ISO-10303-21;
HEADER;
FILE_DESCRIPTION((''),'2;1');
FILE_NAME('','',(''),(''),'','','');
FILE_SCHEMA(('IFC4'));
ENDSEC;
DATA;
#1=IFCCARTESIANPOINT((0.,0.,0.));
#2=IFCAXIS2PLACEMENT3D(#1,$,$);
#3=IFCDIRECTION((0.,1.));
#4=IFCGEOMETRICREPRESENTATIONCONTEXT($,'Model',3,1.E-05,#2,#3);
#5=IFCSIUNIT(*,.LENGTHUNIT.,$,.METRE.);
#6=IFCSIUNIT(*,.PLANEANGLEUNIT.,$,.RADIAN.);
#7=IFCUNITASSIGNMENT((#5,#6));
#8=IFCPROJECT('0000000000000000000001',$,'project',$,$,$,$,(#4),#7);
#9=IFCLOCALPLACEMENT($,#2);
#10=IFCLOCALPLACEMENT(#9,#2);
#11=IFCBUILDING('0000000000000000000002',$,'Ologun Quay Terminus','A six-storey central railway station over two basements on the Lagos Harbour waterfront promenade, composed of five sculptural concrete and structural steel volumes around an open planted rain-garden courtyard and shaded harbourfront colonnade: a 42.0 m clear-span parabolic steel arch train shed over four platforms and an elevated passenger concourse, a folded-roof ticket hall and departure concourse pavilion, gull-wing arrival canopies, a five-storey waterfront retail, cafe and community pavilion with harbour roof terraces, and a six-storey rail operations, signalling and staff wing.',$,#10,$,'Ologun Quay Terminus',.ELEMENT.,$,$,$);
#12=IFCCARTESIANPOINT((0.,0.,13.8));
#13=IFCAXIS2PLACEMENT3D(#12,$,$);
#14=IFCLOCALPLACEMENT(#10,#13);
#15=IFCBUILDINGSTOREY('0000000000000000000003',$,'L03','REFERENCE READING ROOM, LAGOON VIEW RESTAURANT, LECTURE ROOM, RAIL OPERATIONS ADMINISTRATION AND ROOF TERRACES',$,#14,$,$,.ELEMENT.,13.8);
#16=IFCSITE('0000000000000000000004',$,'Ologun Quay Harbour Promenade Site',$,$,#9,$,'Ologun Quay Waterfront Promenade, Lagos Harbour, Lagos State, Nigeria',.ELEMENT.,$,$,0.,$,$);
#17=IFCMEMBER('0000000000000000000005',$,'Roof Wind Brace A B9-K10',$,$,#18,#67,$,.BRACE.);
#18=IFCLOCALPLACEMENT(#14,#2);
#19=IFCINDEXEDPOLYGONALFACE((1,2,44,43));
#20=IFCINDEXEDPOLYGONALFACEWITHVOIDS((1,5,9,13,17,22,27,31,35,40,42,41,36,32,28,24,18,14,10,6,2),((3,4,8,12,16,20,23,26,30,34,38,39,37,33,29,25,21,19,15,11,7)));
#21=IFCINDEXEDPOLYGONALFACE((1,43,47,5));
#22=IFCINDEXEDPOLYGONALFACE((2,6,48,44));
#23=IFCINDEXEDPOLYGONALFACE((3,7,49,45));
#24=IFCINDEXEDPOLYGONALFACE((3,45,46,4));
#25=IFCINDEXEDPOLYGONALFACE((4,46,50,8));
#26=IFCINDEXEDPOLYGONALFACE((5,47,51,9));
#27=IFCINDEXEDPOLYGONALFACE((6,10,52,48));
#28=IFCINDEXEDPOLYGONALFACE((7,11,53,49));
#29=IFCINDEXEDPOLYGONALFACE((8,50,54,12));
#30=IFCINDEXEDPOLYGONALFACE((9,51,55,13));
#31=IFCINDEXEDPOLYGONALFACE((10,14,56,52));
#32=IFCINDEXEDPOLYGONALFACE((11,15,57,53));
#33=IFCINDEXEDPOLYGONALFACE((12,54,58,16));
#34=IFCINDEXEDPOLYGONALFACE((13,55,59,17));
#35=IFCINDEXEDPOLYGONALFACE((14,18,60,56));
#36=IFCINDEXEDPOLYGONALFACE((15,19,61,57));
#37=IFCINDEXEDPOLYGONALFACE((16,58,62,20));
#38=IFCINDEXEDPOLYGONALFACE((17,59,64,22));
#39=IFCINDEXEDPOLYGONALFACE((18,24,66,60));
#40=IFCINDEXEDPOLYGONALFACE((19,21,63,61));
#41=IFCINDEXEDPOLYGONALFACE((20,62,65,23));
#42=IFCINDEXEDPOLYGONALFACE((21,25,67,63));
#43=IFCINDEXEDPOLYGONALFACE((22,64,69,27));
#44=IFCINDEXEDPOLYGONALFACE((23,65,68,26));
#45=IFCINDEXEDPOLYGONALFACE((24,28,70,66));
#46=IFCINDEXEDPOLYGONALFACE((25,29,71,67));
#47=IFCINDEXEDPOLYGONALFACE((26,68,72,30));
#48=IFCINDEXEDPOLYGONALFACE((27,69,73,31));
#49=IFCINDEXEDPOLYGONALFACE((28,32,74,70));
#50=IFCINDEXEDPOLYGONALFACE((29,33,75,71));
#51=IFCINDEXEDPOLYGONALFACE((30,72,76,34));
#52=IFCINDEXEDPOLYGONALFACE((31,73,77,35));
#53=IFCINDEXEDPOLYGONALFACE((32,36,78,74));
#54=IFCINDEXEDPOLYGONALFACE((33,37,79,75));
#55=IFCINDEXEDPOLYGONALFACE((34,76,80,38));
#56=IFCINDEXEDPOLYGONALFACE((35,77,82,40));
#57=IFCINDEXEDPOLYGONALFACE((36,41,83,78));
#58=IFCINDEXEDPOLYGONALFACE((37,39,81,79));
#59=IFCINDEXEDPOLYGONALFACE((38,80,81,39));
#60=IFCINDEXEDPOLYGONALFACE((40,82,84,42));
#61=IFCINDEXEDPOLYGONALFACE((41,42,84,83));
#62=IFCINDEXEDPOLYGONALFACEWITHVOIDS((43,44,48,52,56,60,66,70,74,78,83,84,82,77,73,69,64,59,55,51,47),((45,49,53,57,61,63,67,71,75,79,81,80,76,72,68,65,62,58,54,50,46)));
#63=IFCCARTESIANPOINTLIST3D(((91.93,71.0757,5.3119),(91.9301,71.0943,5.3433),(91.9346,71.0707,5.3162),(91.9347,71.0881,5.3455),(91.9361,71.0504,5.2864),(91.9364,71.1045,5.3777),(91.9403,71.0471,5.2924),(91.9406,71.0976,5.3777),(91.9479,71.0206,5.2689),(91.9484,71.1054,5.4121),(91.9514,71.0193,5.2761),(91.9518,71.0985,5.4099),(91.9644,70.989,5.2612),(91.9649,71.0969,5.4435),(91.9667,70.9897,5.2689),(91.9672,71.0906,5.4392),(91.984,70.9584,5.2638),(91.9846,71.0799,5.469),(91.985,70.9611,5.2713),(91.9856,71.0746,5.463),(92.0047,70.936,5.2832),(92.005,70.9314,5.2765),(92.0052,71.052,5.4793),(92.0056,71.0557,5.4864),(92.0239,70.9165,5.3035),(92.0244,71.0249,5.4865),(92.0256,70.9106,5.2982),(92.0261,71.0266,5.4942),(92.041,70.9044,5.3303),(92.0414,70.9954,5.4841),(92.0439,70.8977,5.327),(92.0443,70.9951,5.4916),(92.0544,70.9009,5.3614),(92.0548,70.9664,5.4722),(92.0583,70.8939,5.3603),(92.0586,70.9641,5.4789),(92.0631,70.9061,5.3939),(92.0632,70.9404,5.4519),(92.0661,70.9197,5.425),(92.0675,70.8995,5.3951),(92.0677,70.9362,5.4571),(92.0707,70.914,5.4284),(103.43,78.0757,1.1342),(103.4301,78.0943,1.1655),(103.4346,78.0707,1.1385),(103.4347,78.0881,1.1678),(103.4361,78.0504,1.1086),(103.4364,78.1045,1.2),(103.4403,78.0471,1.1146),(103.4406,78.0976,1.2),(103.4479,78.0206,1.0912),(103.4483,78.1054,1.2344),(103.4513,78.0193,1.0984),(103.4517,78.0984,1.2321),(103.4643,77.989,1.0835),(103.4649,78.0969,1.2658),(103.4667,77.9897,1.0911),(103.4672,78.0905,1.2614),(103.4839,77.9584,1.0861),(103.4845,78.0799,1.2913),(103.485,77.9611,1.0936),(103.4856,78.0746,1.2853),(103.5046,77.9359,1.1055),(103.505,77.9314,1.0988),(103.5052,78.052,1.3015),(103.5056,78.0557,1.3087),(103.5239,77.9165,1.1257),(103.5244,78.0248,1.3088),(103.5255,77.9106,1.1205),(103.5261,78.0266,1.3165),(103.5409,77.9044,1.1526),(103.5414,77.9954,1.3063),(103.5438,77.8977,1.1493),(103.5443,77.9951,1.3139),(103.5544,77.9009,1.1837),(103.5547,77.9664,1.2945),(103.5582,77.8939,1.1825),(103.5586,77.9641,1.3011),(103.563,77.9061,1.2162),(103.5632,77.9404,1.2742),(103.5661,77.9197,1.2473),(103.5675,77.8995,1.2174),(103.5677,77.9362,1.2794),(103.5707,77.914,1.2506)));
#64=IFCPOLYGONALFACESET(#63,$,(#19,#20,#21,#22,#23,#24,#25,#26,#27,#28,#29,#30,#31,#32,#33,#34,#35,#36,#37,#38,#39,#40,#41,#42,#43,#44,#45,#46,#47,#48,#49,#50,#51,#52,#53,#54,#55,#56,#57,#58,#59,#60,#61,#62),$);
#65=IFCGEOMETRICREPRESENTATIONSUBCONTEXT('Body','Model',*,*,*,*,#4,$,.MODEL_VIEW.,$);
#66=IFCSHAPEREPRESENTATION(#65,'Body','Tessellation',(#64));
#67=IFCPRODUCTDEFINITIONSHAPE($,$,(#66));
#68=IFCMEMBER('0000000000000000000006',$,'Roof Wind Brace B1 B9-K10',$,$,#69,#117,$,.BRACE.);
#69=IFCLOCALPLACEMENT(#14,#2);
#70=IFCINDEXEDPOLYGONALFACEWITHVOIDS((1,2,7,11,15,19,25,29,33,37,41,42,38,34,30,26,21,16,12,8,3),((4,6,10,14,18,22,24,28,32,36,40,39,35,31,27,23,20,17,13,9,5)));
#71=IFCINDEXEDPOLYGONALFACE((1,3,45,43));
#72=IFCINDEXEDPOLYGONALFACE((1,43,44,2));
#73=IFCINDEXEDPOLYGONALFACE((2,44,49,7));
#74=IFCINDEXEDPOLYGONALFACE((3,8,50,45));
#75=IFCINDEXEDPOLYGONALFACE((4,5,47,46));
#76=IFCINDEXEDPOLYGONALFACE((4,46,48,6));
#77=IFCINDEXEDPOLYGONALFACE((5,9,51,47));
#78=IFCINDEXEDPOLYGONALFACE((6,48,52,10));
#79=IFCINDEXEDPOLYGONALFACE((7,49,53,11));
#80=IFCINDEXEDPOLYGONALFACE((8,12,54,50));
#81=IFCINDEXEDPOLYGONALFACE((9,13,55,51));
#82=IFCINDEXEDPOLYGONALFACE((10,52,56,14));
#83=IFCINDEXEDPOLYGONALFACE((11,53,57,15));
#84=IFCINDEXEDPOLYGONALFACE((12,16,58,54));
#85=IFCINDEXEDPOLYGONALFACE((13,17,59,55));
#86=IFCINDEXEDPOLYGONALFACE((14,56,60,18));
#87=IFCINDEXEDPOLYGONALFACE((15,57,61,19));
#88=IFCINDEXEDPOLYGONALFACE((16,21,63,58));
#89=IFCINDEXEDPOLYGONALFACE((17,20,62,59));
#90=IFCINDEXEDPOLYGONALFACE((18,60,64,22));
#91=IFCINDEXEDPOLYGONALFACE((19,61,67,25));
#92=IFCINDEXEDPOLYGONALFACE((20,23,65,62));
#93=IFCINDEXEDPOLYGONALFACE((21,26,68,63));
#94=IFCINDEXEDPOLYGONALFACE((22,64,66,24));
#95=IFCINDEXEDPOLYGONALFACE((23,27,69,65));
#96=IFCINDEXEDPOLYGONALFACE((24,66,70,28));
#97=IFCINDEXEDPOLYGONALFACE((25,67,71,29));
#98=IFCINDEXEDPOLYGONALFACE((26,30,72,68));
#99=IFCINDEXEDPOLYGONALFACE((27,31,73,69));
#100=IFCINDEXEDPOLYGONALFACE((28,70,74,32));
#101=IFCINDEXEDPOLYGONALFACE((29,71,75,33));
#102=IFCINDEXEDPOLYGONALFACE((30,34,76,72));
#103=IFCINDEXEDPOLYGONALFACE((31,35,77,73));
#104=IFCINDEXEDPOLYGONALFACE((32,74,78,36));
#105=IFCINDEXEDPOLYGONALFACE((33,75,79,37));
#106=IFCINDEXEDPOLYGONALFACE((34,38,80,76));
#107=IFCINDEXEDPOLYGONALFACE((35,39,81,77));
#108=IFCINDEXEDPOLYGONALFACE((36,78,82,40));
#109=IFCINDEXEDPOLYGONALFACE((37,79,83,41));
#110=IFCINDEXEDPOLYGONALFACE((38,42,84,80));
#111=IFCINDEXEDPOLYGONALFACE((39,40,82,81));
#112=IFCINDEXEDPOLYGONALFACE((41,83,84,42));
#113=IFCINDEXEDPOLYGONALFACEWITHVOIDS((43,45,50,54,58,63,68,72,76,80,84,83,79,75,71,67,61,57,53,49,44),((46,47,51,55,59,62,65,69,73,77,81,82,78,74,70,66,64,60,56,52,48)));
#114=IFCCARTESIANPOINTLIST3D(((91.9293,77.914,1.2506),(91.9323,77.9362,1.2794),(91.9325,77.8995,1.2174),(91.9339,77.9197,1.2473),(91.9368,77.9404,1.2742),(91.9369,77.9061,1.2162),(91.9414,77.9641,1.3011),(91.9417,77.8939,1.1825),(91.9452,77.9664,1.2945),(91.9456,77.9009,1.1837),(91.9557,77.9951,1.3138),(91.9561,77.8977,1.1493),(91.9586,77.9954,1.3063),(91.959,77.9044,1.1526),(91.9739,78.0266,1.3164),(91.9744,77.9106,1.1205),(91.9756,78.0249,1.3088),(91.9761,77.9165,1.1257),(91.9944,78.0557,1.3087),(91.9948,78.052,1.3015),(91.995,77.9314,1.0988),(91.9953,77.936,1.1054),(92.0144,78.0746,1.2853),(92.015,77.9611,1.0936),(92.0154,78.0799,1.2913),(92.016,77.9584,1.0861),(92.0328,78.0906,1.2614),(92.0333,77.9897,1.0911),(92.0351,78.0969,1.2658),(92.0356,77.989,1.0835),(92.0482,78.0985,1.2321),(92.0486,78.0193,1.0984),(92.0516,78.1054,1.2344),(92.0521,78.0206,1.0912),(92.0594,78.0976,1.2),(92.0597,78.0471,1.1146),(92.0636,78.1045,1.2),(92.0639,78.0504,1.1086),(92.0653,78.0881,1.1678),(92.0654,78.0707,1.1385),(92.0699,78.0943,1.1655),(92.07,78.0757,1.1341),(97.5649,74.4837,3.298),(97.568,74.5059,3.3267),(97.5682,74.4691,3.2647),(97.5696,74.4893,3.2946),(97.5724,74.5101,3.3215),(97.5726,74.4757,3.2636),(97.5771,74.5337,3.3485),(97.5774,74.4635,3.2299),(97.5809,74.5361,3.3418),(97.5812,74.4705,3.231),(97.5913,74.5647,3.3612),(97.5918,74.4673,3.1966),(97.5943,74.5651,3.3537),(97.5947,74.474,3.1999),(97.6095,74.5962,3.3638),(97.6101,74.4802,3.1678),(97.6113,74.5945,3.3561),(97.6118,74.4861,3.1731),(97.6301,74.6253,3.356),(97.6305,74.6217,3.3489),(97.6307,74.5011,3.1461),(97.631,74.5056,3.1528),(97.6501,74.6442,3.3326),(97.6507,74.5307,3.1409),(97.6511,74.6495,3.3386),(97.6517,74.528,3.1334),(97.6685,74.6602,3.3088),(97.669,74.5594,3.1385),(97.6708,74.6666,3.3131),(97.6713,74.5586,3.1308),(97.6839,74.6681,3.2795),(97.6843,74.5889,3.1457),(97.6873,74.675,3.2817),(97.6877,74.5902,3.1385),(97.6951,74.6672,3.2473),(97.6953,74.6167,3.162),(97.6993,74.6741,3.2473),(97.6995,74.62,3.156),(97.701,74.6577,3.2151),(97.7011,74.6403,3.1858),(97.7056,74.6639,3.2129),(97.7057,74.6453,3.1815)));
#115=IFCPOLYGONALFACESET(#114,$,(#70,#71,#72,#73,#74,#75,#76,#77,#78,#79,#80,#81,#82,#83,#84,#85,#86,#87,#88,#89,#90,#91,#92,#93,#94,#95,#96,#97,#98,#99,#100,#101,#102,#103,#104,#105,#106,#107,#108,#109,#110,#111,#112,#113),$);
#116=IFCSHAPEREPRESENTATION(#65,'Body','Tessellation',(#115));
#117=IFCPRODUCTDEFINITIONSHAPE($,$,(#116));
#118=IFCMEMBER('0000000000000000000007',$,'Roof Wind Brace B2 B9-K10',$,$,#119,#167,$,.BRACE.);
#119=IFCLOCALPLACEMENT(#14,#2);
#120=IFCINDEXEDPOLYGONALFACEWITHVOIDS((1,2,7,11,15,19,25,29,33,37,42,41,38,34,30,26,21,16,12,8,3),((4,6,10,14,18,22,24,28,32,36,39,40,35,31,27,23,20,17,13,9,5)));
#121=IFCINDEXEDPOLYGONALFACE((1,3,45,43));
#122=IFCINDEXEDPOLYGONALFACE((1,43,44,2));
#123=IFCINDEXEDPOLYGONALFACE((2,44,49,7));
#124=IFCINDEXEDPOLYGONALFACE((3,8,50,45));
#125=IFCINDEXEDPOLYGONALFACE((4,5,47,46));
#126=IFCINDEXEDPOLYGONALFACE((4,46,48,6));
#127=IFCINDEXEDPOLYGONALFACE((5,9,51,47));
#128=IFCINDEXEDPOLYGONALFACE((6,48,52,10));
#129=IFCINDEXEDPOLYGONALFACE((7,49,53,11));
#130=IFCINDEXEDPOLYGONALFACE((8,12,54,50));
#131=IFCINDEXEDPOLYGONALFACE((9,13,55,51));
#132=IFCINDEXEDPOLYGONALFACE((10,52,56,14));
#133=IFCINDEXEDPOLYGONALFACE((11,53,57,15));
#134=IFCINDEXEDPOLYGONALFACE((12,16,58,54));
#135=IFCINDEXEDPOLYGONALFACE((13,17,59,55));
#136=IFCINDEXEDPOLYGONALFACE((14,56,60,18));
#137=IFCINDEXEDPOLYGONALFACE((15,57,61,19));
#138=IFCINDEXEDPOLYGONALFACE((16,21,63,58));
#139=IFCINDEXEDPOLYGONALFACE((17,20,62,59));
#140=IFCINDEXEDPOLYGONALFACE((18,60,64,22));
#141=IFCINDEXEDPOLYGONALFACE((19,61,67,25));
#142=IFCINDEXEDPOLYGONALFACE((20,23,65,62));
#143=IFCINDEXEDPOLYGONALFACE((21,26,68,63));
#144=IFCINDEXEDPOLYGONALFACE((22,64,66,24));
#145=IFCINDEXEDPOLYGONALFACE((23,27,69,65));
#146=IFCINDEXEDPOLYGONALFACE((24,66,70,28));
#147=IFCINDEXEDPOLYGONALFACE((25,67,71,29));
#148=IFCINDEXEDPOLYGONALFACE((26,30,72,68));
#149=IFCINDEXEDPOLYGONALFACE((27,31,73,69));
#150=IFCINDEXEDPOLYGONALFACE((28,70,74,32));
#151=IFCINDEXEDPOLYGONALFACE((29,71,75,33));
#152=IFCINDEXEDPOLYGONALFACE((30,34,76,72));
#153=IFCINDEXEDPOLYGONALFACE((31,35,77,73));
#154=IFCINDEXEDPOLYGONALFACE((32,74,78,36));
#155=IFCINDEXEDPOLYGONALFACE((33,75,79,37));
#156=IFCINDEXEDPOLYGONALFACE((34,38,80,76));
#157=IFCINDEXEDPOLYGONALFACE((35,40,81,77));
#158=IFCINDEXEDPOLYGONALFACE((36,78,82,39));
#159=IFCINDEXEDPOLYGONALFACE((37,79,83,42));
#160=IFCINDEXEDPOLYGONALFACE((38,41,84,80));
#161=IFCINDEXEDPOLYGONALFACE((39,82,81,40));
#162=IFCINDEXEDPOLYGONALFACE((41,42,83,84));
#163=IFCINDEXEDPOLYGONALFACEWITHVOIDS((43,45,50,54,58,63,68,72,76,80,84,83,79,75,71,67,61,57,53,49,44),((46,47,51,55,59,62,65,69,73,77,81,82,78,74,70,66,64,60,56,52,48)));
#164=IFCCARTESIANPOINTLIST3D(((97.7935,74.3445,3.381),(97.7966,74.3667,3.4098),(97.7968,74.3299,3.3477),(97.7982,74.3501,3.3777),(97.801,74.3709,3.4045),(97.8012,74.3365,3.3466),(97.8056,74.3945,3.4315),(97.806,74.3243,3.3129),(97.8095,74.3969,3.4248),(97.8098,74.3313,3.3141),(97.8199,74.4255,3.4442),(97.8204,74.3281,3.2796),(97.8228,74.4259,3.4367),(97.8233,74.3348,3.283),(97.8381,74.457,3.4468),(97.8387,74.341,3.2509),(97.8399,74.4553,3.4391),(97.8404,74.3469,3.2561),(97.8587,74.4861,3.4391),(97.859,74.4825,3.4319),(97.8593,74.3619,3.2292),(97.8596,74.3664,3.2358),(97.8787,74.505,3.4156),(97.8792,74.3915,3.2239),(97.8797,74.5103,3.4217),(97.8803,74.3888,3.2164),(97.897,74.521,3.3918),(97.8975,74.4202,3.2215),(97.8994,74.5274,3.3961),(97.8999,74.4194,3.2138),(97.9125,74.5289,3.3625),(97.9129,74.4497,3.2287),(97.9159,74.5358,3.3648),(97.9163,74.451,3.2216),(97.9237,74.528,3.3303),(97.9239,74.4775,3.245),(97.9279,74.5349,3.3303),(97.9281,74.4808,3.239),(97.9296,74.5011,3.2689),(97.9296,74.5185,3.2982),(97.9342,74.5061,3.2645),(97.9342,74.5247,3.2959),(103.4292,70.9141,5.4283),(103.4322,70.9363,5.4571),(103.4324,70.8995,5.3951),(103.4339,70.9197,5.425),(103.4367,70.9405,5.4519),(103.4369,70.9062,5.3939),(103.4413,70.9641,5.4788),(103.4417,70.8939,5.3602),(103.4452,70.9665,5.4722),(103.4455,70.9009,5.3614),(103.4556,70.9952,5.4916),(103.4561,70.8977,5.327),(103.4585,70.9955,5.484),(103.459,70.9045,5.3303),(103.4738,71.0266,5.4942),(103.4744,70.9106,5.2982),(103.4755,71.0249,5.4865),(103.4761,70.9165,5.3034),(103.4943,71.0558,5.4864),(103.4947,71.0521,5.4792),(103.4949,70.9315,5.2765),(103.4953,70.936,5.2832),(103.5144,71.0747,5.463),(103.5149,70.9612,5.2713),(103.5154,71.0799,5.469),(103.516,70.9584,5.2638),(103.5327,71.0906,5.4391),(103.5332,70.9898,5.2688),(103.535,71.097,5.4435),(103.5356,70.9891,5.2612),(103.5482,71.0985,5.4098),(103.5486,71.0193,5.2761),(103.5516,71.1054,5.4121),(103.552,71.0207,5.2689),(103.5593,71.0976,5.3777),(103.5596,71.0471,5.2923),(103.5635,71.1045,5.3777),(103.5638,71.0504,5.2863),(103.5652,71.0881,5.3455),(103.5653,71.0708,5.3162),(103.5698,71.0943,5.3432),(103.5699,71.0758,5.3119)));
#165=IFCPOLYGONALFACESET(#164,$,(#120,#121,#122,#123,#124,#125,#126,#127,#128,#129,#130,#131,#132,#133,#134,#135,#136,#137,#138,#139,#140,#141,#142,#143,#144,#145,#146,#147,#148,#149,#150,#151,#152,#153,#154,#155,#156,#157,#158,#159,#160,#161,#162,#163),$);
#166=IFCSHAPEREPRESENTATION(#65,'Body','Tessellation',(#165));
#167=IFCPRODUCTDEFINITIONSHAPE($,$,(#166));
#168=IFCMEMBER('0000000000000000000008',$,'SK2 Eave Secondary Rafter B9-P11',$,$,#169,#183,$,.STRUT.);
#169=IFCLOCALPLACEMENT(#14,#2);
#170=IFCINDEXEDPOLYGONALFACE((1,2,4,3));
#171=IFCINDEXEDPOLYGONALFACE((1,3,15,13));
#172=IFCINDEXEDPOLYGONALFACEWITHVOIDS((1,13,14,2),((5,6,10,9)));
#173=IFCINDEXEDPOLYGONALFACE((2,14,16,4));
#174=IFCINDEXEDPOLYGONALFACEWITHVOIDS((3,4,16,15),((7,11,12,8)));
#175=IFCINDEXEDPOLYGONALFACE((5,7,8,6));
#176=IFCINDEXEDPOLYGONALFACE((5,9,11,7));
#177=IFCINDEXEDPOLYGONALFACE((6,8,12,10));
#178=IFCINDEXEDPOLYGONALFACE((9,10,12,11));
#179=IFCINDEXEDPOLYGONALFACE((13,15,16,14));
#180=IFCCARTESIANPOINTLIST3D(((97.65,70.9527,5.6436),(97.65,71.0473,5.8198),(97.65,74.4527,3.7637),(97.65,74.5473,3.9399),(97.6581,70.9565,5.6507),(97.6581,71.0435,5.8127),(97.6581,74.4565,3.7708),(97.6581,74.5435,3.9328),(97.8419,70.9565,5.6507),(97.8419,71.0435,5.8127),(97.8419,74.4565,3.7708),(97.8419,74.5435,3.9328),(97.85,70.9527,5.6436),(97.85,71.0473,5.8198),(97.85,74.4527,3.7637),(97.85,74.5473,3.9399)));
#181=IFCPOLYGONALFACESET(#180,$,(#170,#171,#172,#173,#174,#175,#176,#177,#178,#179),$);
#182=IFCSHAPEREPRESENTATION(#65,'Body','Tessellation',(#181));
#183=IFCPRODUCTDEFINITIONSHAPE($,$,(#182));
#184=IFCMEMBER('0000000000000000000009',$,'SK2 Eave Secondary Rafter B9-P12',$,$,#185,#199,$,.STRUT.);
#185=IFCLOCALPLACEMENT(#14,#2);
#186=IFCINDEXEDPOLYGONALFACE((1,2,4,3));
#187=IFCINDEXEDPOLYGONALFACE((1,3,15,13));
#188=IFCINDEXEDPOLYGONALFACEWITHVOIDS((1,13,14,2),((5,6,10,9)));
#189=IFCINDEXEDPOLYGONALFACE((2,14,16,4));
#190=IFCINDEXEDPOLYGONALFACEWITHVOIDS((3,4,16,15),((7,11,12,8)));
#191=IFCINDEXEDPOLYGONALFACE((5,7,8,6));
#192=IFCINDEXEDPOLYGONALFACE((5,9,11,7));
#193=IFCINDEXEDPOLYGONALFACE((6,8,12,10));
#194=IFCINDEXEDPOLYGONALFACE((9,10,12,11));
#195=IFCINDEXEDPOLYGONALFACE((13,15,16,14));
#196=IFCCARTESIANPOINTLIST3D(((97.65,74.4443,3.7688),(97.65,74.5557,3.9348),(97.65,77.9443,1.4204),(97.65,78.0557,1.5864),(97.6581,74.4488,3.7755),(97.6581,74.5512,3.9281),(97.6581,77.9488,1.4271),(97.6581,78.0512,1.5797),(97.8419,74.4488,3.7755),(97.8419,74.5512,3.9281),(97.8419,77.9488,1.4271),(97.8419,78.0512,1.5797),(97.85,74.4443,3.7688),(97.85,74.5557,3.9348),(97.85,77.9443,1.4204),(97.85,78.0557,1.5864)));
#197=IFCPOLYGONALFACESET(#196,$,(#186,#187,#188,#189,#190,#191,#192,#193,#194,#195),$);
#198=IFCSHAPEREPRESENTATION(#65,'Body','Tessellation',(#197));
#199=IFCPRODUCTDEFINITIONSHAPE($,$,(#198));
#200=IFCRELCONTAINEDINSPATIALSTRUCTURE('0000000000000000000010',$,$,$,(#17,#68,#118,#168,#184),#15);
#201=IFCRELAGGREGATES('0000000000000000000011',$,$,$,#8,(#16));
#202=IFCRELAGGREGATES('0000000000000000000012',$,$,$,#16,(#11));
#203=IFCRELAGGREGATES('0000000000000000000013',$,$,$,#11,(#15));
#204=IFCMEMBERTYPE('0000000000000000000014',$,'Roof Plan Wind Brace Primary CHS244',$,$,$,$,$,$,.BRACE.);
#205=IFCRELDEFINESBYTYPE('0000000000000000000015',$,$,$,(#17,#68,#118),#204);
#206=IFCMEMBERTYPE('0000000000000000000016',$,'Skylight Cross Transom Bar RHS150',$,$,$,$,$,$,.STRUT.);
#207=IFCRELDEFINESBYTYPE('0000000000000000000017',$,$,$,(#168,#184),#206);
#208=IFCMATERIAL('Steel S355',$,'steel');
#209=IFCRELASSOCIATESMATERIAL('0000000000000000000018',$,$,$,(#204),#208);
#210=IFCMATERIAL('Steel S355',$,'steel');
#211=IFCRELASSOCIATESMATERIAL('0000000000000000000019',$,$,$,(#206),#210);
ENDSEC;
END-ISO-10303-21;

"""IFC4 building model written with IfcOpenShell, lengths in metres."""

from ifc_helpers import new_model, si_unit, direction, frame, origin, origin_2d, place, context, subcontext, project, spatial, hollow_rectangle, hollow_circle, extrude, material, material_profile, profile_set, type_object, element, save


model = new_model("IFC4")

# Units and contexts
model_context = context("Model", 3, precision=1e-05, world=origin(), true_north=direction((0.0, 1.0)))
body_context = subcontext(model_context, "Body", "Model", "MODEL_VIEW")
ifc_project = project(units=[si_unit("LENGTHUNIT", "METRE"), si_unit("PLANEANGLEUNIT", "RADIAN")], contexts=[model_context])

# Site, building, storey
site_placement = place(None, origin())
site = spatial("IfcSite", under=ifc_project, at=site_placement, Name="Ologun Quay Harbour Promenade Site", LongName="Ologun Quay Waterfront Promenade, Lagos Harbour, Lagos State, Nigeria", CompositionType="ELEMENT", RefElevation=0.0)
building_placement = place(site_placement, origin())
building = spatial("IfcBuilding", under=site, at=building_placement, Name="Ologun Quay Terminus", Description="A six-storey central railway station over two basements on the Lagos Harbour waterfront promenade, composed of five sculptural concrete and structural steel volumes around an open planted rain-garden courtyard and shaded harbourfront colonnade: a 42.0 m clear-span parabolic steel arch train shed over four platforms and an elevated passenger concourse, a folded-roof ticket hall and departure concourse pavilion, gull-wing arrival canopies, a five-storey waterfront retail, cafe and community pavilion with harbour roof terraces, and a six-storey rail operations, signalling and staff wing.", LongName="Ologun Quay Terminus", CompositionType="ELEMENT")
storey_placement = place(building_placement, frame((0.0, 0.0, 13.8)))
storey = spatial("IfcBuildingStorey", under=building, at=storey_placement, Name="L03", Description="REFERENCE READING ROOM, LAGOON VIEW RESTAURANT, LECTURE ROOM, RAIL OPERATIONS ADMINISTRATION AND ROOF TERRACES", CompositionType="ELEMENT", Elevation=13.8)

# Members
ifc_material_1 = material(Name="Steel S355", Category="steel")
ifc_material_profile_1 = material_profile(ifc_material_1, hollow_circle(Radius=0.1223, WallThickness=0.0081, at=origin_2d()), Name="CHS 244.5x8")
ifc_profile_set_1 = profile_set([ifc_material_profile_1], Name="Steel S355")
member_type_1 = type_object("IfcMemberType", Name="Roof Plan Wind Brace Primary CHS244", PredefinedType="BRACE", material=ifc_profile_set_1)
member_1_placement = place(storey_placement, frame((92.0, 71.0, 5.3777), z_axis=(0.815821, 0.496587, -0.296373), x_axis=(-0.519947, 0.854199, 0.0)))
element("IfcMember", 1, at=member_1_placement, inside=storey, type_object=member_type_1, Name="Roof Wind Brace A B9-K10", PredefinedType="BRACE", context=body_context, shape_type="SweptSolid", body=[
    extrude(hollow_circle(Radius=0.1223, WallThickness=0.0081, at=origin_2d()), origin(), (0.0, 0.0, 1.0), 14.0962),
])
for number, where, z_axis, x_axis, name in (
    (2, (92.0, 78.0, 1.2), (0.815823, -0.496583, 0.296374), (0.519943, 0.854201, 0.0), "Roof Wind Brace B1 B9-K10"),
    (3, (97.8643, 74.4304, 3.3303), (0.815823, -0.496583, 0.296374), (0.519943, 0.854201, 0.0), "Roof Wind Brace B2 B9-K10"),
):
    element("IfcMember", number, at=place(storey_placement, frame(where, z_axis=z_axis, x_axis=x_axis)), inside=storey, type_object=member_type_1, Name=name, PredefinedType="BRACE", context=body_context, shape_type="SweptSolid", body=[
        extrude(hollow_circle(Radius=0.1223, WallThickness=0.0081, at=origin_2d()), origin(), (0.0, 0.0, 1.0), 6.908),
    ])
ifc_material_2 = material(Name="Steel S355", Category="steel")
ifc_material_profile_2 = material_profile(ifc_material_2, hollow_rectangle(XDim=0.2, YDim=0.2, WallThickness=0.0081, at=origin_2d()), Name="SHS 200x200x8")
ifc_profile_set_2 = profile_set([ifc_material_profile_2], Name="Steel S355")
member_type_2 = type_object("IfcMemberType", Name="Skylight Cross Transom Bar RHS150", PredefinedType="STRUT", material=ifc_profile_set_2)
member_2_placement = place(storey_placement, frame((97.75, 71.0, 5.7317), z_axis=(0.0, 0.880968, -0.473176), x_axis=(-1.0, 0.0, 0.0)))
element("IfcMember", 4, at=member_2_placement, inside=storey, type_object=member_type_2, Name="SK2 Eave Secondary Rafter B9-P11", PredefinedType="STRUT", context=body_context, shape_type="SweptSolid", body=[
    extrude(hollow_rectangle(XDim=0.2, YDim=0.2, WallThickness=0.0081, at=origin_2d()), origin(), (0.0, 0.0, 1.0), 3.9729),
])
member_3_placement = place(storey_placement, frame((97.75, 74.5, 3.8518), z_axis=(0.0, 0.830398, -0.557171), x_axis=(-1.0, 0.0, 0.0)))
element("IfcMember", 5, at=member_3_placement, inside=storey, type_object=member_type_2, Name="SK2 Eave Secondary Rafter B9-P12", PredefinedType="STRUT", context=body_context, shape_type="SweptSolid", body=[
    extrude(hollow_rectangle(XDim=0.2, YDim=0.2, WallThickness=0.0081, at=origin_2d()), origin(), (0.0, 0.0, 1.0), 4.2148),
])

save(model, "model.ifc")
